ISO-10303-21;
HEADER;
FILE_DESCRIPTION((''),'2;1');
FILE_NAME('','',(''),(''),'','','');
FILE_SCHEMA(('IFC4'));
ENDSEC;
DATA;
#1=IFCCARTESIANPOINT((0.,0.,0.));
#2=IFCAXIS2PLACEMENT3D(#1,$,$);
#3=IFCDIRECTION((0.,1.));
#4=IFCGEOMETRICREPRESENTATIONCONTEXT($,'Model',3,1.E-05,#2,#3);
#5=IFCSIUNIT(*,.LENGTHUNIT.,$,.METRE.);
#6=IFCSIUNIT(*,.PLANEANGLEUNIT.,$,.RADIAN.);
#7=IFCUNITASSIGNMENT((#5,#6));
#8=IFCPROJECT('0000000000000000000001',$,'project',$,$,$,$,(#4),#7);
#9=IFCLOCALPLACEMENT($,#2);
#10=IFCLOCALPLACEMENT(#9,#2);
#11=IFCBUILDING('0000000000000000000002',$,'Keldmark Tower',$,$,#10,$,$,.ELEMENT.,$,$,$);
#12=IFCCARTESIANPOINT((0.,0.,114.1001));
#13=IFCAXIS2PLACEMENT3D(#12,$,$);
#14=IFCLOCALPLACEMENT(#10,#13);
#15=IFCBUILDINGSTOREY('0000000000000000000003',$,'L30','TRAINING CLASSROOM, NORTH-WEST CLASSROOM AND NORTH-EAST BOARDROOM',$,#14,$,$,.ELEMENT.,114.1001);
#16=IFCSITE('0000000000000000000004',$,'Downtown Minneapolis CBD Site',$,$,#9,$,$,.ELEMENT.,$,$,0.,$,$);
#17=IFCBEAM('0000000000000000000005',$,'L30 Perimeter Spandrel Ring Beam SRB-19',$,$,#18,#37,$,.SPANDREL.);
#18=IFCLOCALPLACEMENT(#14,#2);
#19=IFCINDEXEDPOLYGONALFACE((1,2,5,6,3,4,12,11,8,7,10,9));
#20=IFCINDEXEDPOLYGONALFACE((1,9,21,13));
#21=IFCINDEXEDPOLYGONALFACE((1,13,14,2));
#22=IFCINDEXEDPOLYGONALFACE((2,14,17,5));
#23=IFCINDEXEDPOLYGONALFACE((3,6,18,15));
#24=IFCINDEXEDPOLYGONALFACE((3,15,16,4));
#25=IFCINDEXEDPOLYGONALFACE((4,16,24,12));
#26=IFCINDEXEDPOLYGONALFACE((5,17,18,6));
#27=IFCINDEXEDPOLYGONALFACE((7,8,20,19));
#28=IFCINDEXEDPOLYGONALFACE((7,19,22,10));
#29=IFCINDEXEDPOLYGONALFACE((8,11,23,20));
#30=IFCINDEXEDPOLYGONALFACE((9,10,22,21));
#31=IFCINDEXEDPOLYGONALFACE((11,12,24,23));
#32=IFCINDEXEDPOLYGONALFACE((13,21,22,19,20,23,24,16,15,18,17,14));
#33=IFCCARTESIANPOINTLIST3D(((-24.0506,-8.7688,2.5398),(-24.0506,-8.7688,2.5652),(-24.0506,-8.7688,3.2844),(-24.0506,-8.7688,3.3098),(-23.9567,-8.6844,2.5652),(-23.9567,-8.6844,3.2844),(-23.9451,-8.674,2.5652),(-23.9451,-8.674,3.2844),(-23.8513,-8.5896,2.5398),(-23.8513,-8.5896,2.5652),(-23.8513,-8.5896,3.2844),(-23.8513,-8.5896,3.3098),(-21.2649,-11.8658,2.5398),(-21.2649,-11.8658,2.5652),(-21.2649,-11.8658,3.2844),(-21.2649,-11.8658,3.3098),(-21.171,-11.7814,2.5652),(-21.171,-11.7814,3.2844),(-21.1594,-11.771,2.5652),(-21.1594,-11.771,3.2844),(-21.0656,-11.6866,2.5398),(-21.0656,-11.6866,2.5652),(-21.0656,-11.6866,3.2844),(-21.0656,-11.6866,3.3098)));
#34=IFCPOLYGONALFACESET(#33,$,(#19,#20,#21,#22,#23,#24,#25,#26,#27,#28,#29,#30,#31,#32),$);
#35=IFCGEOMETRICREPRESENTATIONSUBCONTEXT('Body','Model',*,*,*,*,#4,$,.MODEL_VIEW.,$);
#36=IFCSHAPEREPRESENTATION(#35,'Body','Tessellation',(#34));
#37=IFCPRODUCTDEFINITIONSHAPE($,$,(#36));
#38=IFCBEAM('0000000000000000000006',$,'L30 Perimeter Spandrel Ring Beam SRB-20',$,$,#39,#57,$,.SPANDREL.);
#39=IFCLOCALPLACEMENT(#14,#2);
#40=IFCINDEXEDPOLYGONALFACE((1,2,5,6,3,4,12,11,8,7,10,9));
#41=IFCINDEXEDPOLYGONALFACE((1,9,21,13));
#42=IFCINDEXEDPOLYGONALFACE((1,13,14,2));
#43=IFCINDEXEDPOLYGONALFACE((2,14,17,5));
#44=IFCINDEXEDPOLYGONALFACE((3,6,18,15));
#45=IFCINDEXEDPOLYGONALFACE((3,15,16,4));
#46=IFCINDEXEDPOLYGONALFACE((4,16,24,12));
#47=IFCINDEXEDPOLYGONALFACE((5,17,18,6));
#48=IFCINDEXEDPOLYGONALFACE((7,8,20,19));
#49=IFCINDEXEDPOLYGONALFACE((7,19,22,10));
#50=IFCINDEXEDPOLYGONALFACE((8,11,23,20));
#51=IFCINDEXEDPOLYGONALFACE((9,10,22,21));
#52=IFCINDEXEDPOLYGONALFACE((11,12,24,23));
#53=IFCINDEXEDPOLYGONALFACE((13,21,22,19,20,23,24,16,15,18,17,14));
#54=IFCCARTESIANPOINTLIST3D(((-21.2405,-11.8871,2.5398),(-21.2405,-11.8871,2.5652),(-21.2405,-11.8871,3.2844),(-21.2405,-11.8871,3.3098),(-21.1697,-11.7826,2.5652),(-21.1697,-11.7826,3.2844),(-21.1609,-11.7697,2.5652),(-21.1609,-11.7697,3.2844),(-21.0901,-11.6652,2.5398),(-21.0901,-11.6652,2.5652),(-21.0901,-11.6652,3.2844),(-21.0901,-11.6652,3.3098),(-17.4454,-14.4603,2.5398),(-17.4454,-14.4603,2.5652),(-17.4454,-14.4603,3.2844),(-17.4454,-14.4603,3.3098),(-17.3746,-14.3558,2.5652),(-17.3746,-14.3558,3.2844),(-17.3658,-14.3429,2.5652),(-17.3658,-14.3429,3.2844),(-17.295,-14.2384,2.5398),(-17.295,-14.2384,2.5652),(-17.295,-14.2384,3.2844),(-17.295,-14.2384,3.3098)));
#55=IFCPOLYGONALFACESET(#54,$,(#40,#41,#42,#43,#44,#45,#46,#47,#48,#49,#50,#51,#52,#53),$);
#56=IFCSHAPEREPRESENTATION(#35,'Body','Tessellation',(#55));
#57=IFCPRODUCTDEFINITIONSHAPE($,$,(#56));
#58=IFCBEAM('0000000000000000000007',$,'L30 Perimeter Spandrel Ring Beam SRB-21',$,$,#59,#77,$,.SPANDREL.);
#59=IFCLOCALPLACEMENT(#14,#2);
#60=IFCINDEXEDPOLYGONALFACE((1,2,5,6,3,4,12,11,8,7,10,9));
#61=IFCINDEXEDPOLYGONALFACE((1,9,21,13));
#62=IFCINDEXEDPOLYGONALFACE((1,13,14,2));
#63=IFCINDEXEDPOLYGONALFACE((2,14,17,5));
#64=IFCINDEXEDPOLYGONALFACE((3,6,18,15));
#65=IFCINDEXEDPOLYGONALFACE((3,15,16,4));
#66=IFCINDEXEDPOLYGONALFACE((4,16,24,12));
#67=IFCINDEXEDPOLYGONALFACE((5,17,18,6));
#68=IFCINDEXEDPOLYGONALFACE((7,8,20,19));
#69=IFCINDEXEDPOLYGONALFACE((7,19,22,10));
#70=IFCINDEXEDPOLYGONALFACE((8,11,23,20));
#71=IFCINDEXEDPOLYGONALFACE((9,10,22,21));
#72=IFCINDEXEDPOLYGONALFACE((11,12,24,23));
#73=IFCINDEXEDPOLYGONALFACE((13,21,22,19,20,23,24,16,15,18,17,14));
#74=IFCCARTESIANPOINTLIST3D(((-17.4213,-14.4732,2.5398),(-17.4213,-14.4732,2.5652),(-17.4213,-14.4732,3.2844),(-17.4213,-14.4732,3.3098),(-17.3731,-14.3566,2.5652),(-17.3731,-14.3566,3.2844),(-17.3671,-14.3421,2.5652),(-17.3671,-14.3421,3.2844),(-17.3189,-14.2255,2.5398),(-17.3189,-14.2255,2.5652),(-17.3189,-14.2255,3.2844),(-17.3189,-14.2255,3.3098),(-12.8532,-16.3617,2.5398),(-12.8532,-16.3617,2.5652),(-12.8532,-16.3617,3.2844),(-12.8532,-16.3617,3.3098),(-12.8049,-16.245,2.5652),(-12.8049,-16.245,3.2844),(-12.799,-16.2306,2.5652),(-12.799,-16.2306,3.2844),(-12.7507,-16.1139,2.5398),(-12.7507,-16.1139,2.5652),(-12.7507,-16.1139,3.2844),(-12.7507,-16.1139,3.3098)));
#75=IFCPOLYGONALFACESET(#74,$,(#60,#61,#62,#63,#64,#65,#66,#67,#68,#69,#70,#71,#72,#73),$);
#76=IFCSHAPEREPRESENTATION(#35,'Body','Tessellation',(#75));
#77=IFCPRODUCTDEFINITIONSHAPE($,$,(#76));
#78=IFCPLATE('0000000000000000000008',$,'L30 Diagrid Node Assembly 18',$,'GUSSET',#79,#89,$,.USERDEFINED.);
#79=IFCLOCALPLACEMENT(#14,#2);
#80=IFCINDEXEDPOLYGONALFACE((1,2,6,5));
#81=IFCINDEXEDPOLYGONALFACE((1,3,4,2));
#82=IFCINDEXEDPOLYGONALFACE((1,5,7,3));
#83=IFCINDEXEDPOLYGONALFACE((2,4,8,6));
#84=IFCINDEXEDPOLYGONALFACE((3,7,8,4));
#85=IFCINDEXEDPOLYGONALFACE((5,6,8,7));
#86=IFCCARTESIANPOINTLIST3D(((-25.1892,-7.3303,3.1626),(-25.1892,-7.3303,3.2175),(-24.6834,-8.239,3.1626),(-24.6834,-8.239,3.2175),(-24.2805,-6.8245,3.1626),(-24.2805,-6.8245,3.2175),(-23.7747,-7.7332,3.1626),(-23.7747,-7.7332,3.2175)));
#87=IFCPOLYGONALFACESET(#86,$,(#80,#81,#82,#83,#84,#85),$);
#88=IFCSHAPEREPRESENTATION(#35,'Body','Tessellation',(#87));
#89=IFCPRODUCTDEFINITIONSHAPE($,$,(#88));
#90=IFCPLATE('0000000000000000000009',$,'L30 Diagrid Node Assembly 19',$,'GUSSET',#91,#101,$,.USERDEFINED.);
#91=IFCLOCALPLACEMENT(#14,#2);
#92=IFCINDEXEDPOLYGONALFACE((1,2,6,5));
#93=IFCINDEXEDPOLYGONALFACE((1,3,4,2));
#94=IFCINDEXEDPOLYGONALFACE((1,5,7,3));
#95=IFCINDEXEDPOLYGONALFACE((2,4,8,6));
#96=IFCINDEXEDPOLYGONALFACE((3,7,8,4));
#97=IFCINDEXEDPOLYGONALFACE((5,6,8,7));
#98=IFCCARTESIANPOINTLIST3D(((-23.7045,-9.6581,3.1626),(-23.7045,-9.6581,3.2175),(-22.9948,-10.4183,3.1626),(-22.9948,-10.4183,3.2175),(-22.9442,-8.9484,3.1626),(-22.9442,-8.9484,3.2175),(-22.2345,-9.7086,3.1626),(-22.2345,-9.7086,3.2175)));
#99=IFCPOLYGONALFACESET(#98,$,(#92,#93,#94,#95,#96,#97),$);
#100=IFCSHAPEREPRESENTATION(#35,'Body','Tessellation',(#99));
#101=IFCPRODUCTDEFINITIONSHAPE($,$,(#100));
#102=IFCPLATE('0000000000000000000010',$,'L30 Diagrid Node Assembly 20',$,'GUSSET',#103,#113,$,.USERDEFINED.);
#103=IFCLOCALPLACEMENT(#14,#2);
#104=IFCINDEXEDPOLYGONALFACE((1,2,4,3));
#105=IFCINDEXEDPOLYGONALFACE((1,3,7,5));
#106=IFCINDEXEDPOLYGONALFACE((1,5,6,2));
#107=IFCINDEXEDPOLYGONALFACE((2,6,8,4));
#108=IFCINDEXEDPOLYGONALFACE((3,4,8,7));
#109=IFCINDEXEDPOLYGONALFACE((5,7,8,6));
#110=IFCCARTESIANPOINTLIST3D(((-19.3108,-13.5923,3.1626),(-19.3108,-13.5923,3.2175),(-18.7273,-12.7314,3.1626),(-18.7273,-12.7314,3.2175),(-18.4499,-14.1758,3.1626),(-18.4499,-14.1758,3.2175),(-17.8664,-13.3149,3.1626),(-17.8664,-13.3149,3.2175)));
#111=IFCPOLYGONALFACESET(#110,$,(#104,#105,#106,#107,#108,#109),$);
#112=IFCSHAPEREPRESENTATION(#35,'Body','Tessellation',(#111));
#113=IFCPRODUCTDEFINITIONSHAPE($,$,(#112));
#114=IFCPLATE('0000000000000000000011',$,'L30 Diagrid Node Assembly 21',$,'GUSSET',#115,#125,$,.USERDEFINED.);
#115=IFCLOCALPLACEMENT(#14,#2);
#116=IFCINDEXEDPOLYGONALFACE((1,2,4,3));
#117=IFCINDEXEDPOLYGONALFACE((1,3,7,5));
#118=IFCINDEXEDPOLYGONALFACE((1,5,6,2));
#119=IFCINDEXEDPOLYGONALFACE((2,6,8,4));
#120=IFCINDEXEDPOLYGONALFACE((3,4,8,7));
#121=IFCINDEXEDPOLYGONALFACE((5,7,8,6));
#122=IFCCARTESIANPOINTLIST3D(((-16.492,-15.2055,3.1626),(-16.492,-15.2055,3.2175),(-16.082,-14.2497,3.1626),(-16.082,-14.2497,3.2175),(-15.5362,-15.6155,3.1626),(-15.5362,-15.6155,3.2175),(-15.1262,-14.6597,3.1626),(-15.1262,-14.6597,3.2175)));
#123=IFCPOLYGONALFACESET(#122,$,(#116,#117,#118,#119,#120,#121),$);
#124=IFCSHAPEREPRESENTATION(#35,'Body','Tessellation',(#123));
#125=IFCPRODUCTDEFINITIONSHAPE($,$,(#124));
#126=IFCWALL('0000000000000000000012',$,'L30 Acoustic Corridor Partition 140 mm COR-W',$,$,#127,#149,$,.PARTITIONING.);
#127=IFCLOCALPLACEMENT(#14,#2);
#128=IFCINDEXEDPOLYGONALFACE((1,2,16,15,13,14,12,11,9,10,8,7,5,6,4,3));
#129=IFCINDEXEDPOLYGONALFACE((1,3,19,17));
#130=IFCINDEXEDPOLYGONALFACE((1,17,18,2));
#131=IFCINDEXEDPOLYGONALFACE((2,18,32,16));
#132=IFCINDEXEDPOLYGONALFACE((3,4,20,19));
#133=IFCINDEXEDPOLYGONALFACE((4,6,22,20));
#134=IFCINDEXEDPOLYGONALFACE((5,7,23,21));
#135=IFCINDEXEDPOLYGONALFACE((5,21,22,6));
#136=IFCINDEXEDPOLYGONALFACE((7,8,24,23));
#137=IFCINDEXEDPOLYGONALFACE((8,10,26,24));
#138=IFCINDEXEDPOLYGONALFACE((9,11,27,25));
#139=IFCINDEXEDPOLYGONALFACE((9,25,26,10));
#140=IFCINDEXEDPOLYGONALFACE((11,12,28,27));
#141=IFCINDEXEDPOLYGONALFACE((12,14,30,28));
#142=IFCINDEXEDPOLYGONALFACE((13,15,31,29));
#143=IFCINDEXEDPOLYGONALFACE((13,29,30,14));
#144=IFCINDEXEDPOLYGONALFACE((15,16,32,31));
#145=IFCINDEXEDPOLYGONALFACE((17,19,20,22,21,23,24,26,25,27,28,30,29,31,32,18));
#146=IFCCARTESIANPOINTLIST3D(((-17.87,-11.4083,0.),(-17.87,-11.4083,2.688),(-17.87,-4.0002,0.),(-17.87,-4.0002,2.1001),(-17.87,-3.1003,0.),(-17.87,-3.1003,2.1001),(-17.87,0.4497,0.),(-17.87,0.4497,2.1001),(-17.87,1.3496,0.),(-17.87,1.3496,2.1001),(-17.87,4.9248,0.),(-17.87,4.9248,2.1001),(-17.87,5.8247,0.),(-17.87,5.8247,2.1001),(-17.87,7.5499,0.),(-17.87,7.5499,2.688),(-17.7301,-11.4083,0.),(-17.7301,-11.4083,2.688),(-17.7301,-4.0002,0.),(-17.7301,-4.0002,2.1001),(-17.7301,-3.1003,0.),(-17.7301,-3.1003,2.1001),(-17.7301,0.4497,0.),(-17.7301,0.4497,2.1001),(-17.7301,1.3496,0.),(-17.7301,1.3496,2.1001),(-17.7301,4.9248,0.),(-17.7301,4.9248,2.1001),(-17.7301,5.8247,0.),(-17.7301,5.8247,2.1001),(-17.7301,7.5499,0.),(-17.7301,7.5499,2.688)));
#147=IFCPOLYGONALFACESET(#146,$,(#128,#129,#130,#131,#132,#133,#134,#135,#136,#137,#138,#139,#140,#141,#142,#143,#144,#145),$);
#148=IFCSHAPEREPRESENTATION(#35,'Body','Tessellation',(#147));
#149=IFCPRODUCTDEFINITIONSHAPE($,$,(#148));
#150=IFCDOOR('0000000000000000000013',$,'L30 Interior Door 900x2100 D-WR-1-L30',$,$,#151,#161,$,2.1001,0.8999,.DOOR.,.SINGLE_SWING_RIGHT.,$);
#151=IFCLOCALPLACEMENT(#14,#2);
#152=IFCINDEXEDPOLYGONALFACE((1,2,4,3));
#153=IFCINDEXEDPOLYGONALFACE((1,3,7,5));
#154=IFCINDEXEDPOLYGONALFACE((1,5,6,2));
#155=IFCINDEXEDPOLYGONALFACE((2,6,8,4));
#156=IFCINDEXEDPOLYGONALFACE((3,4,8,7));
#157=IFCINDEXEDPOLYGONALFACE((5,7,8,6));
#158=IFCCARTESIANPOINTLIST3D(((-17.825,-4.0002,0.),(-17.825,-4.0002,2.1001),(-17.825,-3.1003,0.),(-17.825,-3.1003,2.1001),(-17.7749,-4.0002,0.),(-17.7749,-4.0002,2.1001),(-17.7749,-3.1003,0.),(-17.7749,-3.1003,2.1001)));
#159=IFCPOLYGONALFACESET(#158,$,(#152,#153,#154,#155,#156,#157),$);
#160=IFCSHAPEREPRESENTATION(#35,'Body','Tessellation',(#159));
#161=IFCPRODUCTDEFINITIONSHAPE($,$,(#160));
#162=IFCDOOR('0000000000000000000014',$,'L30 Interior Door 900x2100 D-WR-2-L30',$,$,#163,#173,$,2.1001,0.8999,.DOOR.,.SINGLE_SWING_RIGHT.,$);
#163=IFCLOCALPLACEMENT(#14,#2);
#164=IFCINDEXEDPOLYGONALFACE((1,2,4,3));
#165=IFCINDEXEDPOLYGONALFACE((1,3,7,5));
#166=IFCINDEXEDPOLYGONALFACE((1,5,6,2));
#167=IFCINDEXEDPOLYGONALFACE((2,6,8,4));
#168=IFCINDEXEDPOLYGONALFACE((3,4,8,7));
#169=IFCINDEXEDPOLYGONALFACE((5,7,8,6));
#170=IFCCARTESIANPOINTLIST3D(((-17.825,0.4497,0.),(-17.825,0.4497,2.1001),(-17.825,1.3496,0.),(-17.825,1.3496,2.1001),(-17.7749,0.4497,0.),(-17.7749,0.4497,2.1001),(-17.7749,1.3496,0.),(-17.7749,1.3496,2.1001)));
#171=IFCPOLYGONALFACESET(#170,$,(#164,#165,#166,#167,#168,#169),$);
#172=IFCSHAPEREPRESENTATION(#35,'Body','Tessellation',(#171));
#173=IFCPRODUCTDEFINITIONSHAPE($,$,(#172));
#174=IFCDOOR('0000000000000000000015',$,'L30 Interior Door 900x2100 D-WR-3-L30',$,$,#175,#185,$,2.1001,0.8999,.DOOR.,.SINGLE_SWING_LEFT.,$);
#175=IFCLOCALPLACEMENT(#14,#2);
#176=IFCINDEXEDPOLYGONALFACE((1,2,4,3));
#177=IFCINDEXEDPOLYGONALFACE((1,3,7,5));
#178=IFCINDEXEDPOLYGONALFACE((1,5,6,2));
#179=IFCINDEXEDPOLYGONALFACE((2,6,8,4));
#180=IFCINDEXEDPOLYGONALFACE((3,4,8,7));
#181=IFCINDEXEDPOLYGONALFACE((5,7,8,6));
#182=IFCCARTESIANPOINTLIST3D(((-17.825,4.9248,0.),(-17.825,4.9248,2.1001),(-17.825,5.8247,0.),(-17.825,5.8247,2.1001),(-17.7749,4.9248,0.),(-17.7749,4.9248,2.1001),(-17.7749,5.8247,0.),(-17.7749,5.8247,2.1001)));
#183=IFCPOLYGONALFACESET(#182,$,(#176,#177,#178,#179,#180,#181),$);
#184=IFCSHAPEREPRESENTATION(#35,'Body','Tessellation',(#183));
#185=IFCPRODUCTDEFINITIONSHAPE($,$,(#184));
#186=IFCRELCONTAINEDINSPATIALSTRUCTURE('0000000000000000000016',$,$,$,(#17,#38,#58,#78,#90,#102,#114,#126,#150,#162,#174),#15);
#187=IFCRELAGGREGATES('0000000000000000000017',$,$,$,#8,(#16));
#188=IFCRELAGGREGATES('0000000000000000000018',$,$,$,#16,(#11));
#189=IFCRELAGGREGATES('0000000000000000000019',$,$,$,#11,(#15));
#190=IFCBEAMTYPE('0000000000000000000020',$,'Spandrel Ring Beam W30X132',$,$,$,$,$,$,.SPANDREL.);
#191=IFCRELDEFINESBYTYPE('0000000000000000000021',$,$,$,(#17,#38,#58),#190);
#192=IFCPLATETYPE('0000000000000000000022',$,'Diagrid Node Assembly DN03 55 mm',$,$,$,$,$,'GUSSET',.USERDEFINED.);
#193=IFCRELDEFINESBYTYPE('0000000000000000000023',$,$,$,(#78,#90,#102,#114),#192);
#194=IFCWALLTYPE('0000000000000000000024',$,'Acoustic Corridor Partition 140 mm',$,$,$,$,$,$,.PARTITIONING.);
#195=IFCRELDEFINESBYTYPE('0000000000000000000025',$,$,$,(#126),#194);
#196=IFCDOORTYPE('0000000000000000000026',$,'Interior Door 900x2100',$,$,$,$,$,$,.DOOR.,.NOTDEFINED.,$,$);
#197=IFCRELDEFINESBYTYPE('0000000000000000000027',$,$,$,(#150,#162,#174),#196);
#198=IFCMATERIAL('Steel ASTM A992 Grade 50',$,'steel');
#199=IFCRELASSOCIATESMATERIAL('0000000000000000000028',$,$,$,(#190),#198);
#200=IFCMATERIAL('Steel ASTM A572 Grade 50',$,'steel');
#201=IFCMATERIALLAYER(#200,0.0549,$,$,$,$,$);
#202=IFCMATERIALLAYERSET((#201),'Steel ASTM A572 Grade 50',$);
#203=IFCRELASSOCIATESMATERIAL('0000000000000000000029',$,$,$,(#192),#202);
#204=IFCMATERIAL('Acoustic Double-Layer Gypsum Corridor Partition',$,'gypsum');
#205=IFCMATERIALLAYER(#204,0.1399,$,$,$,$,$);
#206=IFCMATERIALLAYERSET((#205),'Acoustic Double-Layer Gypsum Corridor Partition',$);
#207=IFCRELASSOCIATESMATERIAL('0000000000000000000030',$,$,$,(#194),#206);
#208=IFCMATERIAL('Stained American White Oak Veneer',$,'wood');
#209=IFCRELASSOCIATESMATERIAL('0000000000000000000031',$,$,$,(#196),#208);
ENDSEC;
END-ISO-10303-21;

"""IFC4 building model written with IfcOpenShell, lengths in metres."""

from ifc_helpers import new_model, si_unit, direction, frame, frame_2d, origin, origin_2d, place, context, subcontext, project, spatial, rectangle, i_section, extrude, material, layer, layer_set, material_profile, profile_set, type_object, element, fill, save


model = new_model("IFC4")

# Units and contexts
model_context = context("Model", 3, precision=1e-05, world=origin(), true_north=direction((0.0, 1.0)))
body_context = subcontext(model_context, "Body", "Model", "MODEL_VIEW")
ifc_project = project(units=[si_unit("LENGTHUNIT", "METRE"), si_unit("PLANEANGLEUNIT", "RADIAN")], contexts=[model_context])

# Site, building, storey
site_placement = place(None, origin())
site = spatial("IfcSite", under=ifc_project, at=site_placement, Name="Downtown Minneapolis CBD Site", CompositionType="ELEMENT", RefElevation=0.0)
building_placement = place(site_placement, origin())
building = spatial("IfcBuilding", under=site, at=building_placement, Name="Keldmark Tower", CompositionType="ELEMENT")
storey_placement = place(building_placement, frame((0.0, 0.0, 114.1001)))
storey = spatial("IfcBuildingStorey", under=building, at=storey_placement, Name="L30", Description="TRAINING CLASSROOM, NORTH-WEST CLASSROOM AND NORTH-EAST BOARDROOM", CompositionType="ELEMENT", Elevation=114.1001)

# Beams
ifc_material_1 = material(Name="Steel ASTM A992 Grade 50", Category="steel")
ifc_material_profile_1 = material_profile(ifc_material_1, i_section(OverallWidth=0.2681, OverallDepth=0.77, WebThickness=0.0156, FlangeThickness=0.0254, at=origin_2d()), Name="W30X132")
ifc_profile_set_1 = profile_set([ifc_material_profile_1], Name="Steel ASTM A992 Grade 50")
beam_type_1 = type_object("IfcBeamType", Name="Spandrel Ring Beam W30X132", PredefinedType="SPANDREL", material=ifc_profile_set_1)
beam_1_placement = place(storey_placement, frame((-23.9509, -8.6792, 2.9248), z_axis=(0.668754, -0.743484, 0.0), x_axis=(0.743484, 0.668754, 0.0)))
element("IfcBeam", 1, at=beam_1_placement, inside=storey, type_object=beam_type_1, Name="L30 Perimeter Spandrel Ring Beam SRB-19", PredefinedType="SPANDREL", context=body_context, shape_type="SweptSolid", body=[
    extrude(i_section(OverallWidth=0.2681, OverallDepth=0.77, WebThickness=0.0156, FlangeThickness=0.0254, at=origin_2d()), origin(), (0.0, 0.0, 1.0), 4.1655),
])
beam_2_placement = place(storey_placement, frame((-21.1653, -11.7761, 2.9248), z_axis=(0.827683, -0.561195, 0.0), x_axis=(0.561195, 0.827683, 0.0)))
element("IfcBeam", 2, at=beam_2_placement, inside=storey, type_object=beam_type_1, Name="L30 Perimeter Spandrel Ring Beam SRB-20", PredefinedType="SPANDREL", context=body_context, shape_type="SweptSolid", body=[
    extrude(i_section(OverallWidth=0.2681, OverallDepth=0.77, WebThickness=0.0156, FlangeThickness=0.0254, at=origin_2d()), origin(), (0.0, 0.0, 1.0), 4.5852),
])
beam_3_placement = place(storey_placement, frame((-17.3701, -14.3494, 2.9248), z_axis=(0.924147, -0.382036, 0.0), x_axis=(0.382036, 0.924147, 0.0)))
element("IfcBeam", 3, at=beam_3_placement, inside=storey, type_object=beam_type_1, Name="L30 Perimeter Spandrel Ring Beam SRB-21", PredefinedType="SPANDREL", context=body_context, shape_type="SweptSolid", body=[
    extrude(i_section(OverallWidth=0.2681, OverallDepth=0.77, WebThickness=0.0156, FlangeThickness=0.0254, at=origin_2d()), origin(), (0.0, 0.0, 1.0), 4.9431),
])

# Plates
ifc_material_2 = material(Name="Steel ASTM A572 Grade 50", Category="steel")
ifc_layer_1 = layer(ifc_material_2, 0.0549)
ifc_layer_set_1 = layer_set([ifc_layer_1], Name="Steel ASTM A572 Grade 50")
plate_type = type_object("IfcPlateType", Name="Diagrid Node Assembly DN03 55 mm", ElementType="GUSSET", PredefinedType="USERDEFINED", material=ifc_layer_set_1)
for number, where, z_axis, x_axis, name in (
    (4, (-24.4819, -7.5317, 3.1626), (0.0, 0.0, 1.0), (0.486335, -0.873772, 0.0), "L30 Diagrid Node Assembly 18"),
    (5, (-22.9695, -9.6833, 3.1626), (0.0, 0.0, 1.0), (0.682381, -0.730997, 0.0), "L30 Diagrid Node Assembly 19"),
    (6, (-18.5886, -13.4536, 3.1626), (0.0, 0.0, 1.0), (0.827767, -0.561072, 0.0), "L30 Diagrid Node Assembly 20"),
    (7, (-15.8091, -14.9326, 3.1626), (0.0, 0.0, 1.0), (0.918998, -0.394263, 0.0), "L30 Diagrid Node Assembly 21"),
):
    element("IfcPlate", number, at=place(storey_placement, frame(where, z_axis=z_axis, x_axis=x_axis)), inside=storey, type_object=plate_type, Name=name, ObjectType="GUSSET", PredefinedType="USERDEFINED", context=body_context, shape_type="SweptSolid", body=[
        extrude(rectangle(XDim=1.04, YDim=1.04, at=origin_2d()), origin(), (0.0, 0.0, 1.0), 0.0549),
    ])

# Wall, openings, doors
ifc_material_3 = material(Name="Acoustic Double-Layer Gypsum Corridor Partition", Category="gypsum")
ifc_layer_2 = layer(ifc_material_3, 0.1399)
ifc_layer_set_2 = layer_set([ifc_layer_2], Name="Acoustic Double-Layer Gypsum Corridor Partition")
wall_type_1 = type_object("IfcWallType", Name="Acoustic Corridor Partition 140 mm", PredefinedType="PARTITIONING", material=ifc_layer_set_2)
wall_1_placement = place(storey_placement, frame((-17.8, -11.4082, 0.0), z_axis=(0.0, 0.0, 1.0), x_axis=(0.0, 1.0, 0.0)))
wall_1 = element("IfcWall", 8, at=wall_1_placement, inside=storey, type_object=wall_type_1, Name="L30 Acoustic Corridor Partition 140 mm COR-W", PredefinedType="PARTITIONING", context=body_context, shape_type="SweptSolid", body=[
    extrude(rectangle(XDim=18.9583, YDim=0.1399, at=frame_2d((9.479, 0.0))), origin(), (0.0, 0.0, 1.0), 2.688),
])
opening_1_placement = place(wall_1_placement, frame((7.408, 0.0, 0.0)))
opening_1 = element("IfcOpeningElement", 9, at=opening_1_placement, cuts=wall_1, PredefinedType="OPENING", context=body_context, shape_type="SweptSolid", body=[
    extrude(rectangle(XDim=0.8999, YDim=2.1001, at=frame_2d((0.45, 1.05))), frame((0.0, 0.0798, 0.0), z_axis=(0.0, -1.0, 0.0), x_axis=(1.0, 0.0, 0.0)), (0.0, 0.0, 1.0), 0.1599),
])
opening_2_placement = place(wall_1_placement, frame((11.8579, 0.0, 0.0)))
opening_2 = element("IfcOpeningElement", 10, at=opening_2_placement, cuts=wall_1, PredefinedType="OPENING", context=body_context, shape_type="SweptSolid", body=[
    extrude(rectangle(XDim=0.8999, YDim=2.1001, at=frame_2d((0.45, 1.05))), frame((0.0, 0.0798, 0.0), z_axis=(0.0, -1.0, 0.0), x_axis=(1.0, 0.0, 0.0)), (0.0, 0.0, 1.0), 0.1599),
])
opening_3_placement = place(wall_1_placement, frame((16.333, 0.0, 0.0)))
opening_3 = element("IfcOpeningElement", 11, at=opening_3_placement, cuts=wall_1, PredefinedType="OPENING", context=body_context, shape_type="SweptSolid", body=[
    extrude(rectangle(XDim=0.8999, YDim=2.1001, at=frame_2d((0.45, 1.05))), frame((0.0, 0.0798, 0.0), z_axis=(0.0, -1.0, 0.0), x_axis=(1.0, 0.0, 0.0)), (0.0, 0.0, 1.0), 0.1599),
])
ifc_material_4 = material(Name="Stained American White Oak Veneer", Category="wood")
door_type = type_object("IfcDoorType", Name="Interior Door 900x2100", OperationType="NOTDEFINED", PredefinedType="DOOR", material=ifc_material_4)
door_1_placement = place(opening_1_placement, origin())
door_1 = element("IfcDoor", 12, at=door_1_placement, inside=storey, type_object=door_type, Name="L30 Interior Door 900x2100 D-WR-1-L30", OperationType="SINGLE_SWING_RIGHT", OverallHeight=2.1001, OverallWidth=0.8999, PredefinedType="DOOR", context=body_context, shape_type="SweptSolid", body=[
    extrude(rectangle(XDim=0.8999, YDim=2.1001, at=frame_2d((0.45, 1.05))), frame((0.0, 0.0249, 0.0), z_axis=(0.0, -1.0, 0.0), x_axis=(1.0, 0.0, 0.0)), (0.0, 0.0, 1.0), 0.05),
])
fill(opening_1, door_1)
door_2_placement = place(opening_2_placement, origin())
door_2 = element("IfcDoor", 13, at=door_2_placement, inside=storey, type_object=door_type, Name="L30 Interior Door 900x2100 D-WR-2-L30", OperationType="SINGLE_SWING_RIGHT", OverallHeight=2.1001, OverallWidth=0.8999, PredefinedType="DOOR", context=body_context, shape_type="SweptSolid", body=[
    extrude(rectangle(XDim=0.8999, YDim=2.1001, at=frame_2d((0.45, 1.05))), frame((0.0, 0.0249, 0.0), z_axis=(0.0, -1.0, 0.0), x_axis=(1.0, 0.0, 0.0)), (0.0, 0.0, 1.0), 0.05),
])
fill(opening_2, door_2)
door_3_placement = place(opening_3_placement, origin())
door_3 = element("IfcDoor", 14, at=door_3_placement, inside=storey, type_object=door_type, Name="L30 Interior Door 900x2100 D-WR-3-L30", OperationType="SINGLE_SWING_LEFT", OverallHeight=2.1001, OverallWidth=0.8999, PredefinedType="DOOR", context=body_context, shape_type="SweptSolid", body=[
    extrude(rectangle(XDim=0.8999, YDim=2.1001, at=frame_2d((0.45, 1.05))), frame((0.0, 0.0249, 0.0), z_axis=(0.0, -1.0, 0.0), x_axis=(1.0, 0.0, 0.0)), (0.0, 0.0, 1.0), 0.05),
])
fill(opening_3, door_3)

save(model, "model.ifc")
